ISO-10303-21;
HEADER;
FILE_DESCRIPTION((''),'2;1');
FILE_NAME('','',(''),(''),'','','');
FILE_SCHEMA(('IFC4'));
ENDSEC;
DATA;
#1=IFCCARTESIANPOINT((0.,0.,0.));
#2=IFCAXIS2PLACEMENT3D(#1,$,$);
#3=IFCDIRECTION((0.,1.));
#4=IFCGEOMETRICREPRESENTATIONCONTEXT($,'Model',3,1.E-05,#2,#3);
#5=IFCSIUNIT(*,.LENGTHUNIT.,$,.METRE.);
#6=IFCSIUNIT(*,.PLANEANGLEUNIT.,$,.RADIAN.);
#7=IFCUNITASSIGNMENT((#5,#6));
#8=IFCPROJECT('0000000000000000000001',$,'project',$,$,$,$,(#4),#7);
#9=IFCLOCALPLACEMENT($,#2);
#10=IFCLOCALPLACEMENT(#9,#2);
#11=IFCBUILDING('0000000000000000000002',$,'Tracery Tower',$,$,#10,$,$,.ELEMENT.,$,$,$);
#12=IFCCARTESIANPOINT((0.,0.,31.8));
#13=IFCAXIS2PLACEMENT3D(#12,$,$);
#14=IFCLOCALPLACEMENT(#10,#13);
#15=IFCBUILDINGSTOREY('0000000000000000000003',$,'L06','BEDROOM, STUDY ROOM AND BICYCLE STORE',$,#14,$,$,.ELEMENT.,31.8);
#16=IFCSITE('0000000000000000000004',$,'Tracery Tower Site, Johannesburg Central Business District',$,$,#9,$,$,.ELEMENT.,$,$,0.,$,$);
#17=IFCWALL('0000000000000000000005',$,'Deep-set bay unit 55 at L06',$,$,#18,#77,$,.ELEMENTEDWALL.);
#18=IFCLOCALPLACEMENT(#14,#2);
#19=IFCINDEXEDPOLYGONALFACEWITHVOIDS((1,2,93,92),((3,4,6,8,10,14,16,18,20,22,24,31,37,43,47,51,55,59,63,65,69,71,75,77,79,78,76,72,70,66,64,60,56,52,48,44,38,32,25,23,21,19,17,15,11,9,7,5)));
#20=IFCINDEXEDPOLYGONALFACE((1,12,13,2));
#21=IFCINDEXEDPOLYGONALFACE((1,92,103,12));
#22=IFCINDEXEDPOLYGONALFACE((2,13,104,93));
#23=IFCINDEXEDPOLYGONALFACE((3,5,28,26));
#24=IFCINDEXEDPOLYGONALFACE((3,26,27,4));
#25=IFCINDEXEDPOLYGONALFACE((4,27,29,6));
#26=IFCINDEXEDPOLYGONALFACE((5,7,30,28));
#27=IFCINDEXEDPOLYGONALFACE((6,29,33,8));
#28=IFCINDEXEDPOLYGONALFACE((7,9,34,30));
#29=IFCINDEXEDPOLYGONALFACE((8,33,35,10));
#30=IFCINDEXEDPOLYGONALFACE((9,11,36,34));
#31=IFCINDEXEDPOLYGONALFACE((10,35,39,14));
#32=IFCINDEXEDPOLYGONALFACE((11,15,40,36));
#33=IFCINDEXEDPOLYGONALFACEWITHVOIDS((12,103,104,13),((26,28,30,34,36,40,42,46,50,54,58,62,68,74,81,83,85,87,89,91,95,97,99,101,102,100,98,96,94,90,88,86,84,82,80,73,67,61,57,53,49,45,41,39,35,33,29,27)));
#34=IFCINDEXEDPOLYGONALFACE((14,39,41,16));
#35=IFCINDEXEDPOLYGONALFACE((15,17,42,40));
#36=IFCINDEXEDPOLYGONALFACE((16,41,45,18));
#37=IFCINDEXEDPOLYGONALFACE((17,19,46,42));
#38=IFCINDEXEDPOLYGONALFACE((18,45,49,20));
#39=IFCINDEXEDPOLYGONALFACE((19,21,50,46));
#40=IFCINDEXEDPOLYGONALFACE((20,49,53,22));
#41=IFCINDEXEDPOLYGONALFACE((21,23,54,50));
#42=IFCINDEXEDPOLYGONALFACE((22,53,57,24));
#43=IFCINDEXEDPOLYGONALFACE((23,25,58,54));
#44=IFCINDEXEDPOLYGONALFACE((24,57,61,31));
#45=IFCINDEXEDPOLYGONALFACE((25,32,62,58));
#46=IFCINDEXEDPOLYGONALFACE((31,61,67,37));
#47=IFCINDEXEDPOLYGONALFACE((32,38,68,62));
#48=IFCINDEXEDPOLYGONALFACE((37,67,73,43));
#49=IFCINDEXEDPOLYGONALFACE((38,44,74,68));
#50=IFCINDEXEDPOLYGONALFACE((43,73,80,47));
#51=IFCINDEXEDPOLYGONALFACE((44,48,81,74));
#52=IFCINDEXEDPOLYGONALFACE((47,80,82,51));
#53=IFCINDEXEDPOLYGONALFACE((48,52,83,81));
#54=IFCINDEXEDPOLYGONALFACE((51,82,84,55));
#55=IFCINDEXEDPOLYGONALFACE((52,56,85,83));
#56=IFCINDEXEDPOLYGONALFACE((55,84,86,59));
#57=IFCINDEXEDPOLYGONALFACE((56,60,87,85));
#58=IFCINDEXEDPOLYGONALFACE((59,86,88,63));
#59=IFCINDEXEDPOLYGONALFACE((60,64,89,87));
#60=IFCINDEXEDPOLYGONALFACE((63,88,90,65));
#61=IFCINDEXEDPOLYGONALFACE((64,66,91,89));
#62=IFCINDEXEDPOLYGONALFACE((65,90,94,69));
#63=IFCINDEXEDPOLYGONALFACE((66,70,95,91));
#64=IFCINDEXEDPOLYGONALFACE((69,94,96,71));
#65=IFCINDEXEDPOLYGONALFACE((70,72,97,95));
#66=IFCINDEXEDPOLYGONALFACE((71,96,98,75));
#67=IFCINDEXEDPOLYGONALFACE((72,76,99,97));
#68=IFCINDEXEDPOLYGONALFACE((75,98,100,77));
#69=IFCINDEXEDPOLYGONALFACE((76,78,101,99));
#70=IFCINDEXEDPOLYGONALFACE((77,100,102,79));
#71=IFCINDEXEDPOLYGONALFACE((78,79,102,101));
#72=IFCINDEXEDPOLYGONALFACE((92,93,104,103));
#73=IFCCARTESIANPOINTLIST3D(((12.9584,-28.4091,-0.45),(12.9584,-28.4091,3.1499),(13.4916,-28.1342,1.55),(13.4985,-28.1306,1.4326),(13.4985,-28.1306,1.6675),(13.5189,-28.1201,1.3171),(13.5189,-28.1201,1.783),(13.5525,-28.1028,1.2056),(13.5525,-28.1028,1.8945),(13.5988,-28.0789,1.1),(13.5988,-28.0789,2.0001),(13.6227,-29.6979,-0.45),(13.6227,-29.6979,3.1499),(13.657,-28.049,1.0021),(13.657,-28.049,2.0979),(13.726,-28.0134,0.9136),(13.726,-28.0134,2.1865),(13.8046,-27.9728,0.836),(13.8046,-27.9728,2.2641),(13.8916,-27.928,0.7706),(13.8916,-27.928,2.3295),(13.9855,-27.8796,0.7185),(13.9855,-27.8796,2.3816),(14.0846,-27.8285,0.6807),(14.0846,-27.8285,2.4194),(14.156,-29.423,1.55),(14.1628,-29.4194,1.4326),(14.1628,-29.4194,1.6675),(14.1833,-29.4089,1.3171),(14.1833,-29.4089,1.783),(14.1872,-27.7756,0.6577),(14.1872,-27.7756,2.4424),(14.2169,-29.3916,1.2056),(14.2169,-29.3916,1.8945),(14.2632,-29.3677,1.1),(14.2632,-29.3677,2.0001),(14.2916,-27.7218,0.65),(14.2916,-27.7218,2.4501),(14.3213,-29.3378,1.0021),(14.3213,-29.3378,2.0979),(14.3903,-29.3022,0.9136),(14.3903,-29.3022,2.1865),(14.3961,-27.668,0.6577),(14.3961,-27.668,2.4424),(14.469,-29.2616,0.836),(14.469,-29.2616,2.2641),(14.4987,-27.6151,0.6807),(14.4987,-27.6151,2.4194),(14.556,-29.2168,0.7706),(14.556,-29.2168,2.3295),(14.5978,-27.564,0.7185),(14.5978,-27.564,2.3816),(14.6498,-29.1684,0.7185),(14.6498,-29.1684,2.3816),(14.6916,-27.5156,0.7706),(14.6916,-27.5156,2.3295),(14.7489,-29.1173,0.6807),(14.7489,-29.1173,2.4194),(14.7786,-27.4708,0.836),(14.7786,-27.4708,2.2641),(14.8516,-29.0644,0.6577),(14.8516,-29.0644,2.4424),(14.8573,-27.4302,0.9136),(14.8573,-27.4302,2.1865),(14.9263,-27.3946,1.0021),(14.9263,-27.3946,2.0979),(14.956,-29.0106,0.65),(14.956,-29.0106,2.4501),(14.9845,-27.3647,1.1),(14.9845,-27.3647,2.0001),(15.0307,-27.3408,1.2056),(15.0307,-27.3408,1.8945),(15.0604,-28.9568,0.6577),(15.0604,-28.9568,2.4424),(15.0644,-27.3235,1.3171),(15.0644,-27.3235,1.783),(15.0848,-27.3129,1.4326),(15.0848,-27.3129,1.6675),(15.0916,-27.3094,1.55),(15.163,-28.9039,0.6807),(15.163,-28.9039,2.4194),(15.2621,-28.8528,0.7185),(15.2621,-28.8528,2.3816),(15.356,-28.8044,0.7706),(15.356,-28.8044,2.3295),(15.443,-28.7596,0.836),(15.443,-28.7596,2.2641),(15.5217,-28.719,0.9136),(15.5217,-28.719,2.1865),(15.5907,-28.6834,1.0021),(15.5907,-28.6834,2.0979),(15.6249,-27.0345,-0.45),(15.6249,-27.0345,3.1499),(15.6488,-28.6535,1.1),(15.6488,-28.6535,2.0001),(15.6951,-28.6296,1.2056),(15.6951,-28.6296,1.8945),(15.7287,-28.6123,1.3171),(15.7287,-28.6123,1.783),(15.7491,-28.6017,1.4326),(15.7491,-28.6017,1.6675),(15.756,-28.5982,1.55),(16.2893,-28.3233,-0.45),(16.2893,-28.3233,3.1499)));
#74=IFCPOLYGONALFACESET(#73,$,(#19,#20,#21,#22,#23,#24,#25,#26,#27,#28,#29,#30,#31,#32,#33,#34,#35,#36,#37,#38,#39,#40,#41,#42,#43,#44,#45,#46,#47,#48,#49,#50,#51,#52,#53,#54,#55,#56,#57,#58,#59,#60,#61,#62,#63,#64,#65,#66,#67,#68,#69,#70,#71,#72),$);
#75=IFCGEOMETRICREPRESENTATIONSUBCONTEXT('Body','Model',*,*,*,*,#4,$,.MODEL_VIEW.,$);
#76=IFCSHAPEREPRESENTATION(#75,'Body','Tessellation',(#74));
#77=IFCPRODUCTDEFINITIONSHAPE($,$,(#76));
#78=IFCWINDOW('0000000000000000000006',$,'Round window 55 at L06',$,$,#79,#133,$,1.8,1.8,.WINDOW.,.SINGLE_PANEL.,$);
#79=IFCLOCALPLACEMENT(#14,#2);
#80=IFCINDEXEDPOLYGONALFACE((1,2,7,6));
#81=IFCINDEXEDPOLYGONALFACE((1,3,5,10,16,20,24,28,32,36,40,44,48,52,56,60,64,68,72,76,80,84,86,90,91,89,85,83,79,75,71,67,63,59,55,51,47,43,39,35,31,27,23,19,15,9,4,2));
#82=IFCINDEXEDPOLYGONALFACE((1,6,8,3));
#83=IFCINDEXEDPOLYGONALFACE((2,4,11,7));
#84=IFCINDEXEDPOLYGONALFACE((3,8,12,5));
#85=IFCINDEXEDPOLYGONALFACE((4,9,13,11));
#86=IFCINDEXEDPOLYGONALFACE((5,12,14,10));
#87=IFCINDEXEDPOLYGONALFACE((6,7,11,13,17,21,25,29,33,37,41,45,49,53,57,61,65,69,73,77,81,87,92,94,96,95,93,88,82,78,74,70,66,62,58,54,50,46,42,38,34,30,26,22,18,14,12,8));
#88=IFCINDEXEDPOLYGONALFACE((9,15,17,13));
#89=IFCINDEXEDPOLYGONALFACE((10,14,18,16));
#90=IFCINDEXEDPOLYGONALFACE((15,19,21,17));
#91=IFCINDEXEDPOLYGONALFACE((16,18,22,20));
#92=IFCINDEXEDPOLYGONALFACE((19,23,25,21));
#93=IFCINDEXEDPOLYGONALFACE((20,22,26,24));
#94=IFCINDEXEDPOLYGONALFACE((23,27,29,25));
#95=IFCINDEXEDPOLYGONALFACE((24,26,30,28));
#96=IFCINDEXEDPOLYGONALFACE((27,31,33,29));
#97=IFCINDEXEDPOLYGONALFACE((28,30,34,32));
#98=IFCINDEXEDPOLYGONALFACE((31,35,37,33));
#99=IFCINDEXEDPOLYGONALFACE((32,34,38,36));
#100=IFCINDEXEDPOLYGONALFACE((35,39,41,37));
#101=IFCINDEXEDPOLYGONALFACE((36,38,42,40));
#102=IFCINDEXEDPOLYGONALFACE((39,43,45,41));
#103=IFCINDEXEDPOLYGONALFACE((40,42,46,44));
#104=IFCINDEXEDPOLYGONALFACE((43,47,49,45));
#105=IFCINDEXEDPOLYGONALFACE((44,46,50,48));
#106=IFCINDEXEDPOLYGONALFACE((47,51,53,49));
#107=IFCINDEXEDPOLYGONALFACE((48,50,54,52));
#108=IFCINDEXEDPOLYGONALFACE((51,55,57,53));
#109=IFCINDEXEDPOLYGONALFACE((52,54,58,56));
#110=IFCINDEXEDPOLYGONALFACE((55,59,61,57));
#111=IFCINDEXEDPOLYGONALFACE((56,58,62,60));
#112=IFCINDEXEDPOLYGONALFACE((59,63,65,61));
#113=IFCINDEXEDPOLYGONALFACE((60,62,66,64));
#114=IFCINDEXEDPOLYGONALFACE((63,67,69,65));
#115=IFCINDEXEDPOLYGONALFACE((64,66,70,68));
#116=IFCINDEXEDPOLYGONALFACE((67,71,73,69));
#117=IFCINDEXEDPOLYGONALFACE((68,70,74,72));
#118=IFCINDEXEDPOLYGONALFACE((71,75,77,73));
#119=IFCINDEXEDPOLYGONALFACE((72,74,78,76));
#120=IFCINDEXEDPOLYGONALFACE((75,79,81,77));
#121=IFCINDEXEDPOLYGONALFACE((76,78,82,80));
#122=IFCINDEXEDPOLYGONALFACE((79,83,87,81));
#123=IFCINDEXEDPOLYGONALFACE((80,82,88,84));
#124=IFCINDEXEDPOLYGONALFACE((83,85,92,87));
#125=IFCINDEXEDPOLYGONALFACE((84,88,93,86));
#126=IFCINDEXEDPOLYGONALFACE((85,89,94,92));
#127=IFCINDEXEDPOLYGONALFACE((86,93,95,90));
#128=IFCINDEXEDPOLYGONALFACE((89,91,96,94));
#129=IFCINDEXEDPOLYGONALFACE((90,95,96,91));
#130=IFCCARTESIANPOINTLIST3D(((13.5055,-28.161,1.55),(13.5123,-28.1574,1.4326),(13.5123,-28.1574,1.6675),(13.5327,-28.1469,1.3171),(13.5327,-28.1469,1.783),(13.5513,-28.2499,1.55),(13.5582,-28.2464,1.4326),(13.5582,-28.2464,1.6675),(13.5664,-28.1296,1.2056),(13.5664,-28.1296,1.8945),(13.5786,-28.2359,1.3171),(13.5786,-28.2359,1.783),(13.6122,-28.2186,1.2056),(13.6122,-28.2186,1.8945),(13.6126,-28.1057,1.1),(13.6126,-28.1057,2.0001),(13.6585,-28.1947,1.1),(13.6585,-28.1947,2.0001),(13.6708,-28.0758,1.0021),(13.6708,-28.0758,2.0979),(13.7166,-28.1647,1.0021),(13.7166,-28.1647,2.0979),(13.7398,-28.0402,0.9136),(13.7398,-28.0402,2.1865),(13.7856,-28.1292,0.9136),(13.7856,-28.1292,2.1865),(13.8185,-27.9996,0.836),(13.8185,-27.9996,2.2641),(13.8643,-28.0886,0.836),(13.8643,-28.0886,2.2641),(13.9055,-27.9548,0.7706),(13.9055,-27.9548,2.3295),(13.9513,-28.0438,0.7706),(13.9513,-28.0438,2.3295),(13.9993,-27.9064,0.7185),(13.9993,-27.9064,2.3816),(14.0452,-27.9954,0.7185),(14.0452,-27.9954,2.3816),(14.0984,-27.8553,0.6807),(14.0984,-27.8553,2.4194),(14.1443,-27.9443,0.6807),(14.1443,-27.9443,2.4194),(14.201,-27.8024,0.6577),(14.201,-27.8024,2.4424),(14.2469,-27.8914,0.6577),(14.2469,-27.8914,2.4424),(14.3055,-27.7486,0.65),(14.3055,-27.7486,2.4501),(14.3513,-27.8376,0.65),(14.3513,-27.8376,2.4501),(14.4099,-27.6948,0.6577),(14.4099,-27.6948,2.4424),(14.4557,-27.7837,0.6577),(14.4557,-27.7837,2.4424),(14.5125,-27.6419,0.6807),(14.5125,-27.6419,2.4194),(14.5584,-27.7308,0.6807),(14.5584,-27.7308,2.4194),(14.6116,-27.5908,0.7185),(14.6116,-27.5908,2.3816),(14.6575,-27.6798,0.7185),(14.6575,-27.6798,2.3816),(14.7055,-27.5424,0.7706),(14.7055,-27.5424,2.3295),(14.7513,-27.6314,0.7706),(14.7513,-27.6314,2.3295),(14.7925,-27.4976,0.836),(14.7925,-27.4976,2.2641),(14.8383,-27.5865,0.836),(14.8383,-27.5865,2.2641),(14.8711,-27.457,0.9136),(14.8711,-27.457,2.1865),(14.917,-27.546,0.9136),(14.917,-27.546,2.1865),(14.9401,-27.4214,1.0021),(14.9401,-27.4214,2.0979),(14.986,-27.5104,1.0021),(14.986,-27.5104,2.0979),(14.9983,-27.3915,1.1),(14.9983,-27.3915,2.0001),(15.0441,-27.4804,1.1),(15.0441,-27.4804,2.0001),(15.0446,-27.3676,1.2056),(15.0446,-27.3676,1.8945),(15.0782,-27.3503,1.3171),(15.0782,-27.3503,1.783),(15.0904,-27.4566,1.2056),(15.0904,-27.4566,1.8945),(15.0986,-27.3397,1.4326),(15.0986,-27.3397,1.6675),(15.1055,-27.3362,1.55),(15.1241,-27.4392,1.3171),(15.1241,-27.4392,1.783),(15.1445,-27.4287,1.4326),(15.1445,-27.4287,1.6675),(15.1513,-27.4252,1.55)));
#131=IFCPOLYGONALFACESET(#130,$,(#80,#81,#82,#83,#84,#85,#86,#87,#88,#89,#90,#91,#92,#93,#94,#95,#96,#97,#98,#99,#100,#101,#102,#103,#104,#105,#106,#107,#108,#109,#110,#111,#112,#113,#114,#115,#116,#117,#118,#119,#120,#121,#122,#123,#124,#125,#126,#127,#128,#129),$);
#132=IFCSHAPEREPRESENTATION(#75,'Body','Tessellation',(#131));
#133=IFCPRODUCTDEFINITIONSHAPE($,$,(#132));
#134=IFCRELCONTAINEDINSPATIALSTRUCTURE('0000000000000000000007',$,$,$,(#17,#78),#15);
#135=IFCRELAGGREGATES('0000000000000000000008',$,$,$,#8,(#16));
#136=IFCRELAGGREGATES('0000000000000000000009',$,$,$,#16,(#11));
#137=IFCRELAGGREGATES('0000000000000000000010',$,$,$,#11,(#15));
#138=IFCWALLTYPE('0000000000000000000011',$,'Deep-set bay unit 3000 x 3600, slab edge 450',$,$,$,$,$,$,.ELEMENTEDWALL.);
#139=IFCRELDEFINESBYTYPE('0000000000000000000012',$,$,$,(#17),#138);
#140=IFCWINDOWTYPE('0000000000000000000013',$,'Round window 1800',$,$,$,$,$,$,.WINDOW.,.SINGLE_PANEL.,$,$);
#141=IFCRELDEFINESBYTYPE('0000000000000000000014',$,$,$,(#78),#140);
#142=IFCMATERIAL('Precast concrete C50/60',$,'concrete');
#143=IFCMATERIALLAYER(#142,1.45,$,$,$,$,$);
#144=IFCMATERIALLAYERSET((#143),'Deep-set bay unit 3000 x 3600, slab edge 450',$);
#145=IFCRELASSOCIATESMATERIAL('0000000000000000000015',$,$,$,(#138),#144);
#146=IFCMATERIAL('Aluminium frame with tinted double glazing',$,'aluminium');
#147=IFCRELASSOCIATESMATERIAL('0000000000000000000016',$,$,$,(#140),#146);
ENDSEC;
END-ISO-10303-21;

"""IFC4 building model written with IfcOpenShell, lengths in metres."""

from ifc_helpers import new_model, si_unit, direction, frame, frame_2d, origin, origin_2d, place, context, subcontext, project, spatial, rectangle, circle, extrude, material, layer, layer_set, type_object, element, fill, save


model = new_model("IFC4")

# Units and contexts
model_context = context("Model", 3, precision=1e-05, world=origin(), true_north=direction((0.0, 1.0)))
body_context = subcontext(model_context, "Body", "Model", "MODEL_VIEW")
ifc_project = project(units=[si_unit("LENGTHUNIT", "METRE"), si_unit("PLANEANGLEUNIT", "RADIAN")], contexts=[model_context])

# Site, building, storey
site_placement = place(None, origin())
site = spatial("IfcSite", under=ifc_project, at=site_placement, Name="Tracery Tower Site, Johannesburg Central Business District", CompositionType="ELEMENT", RefElevation=0.0)
building_placement = place(site_placement, origin())
building = spatial("IfcBuilding", under=site, at=building_placement, Name="Tracery Tower", CompositionType="ELEMENT")
storey_placement = place(building_placement, frame((0.0, 0.0, 31.8)))
storey = spatial("IfcBuildingStorey", under=building, at=storey_placement, Name="L06", Description="BEDROOM, STUDY ROOM AND BICYCLE STORE", CompositionType="ELEMENT", Elevation=31.8)

# Wall, opening, window
ifc_material_1 = material(Name="Precast concrete C50/60", Category="concrete")
ifc_layer_1 = layer(ifc_material_1, 1.45)
ifc_layer_set_1 = layer_set([ifc_layer_1], Name="Deep-set bay unit 3000 x 3600, slab edge 450")
wall_type_1 = type_object("IfcWallType", Name="Deep-set bay unit 3000 x 3600, slab edge 450", PredefinedType="ELEMENTEDWALL", material=ifc_layer_set_1)
wall_1_placement = place(storey_placement, frame((13.2905, -29.0535, -0.45), z_axis=(0.0, 0.0, 1.0), x_axis=(0.888858, 0.458183, 0.0)))
wall_1 = element("IfcWall", 1, at=wall_1_placement, inside=storey, type_object=wall_type_1, Name="Deep-set bay unit 55 at L06", PredefinedType="ELEMENTEDWALL", context=body_context, shape_type="SweptSolid", body=[
    extrude(rectangle(XDim=3.0, YDim=1.45, at=frame_2d((1.5, 0.0))), origin(), (0.0, 0.0, 1.0), 3.5999),
])
opening_1_placement = place(wall_1_placement, frame((1.5, 0.0, 2.0)))
opening_1 = element("IfcOpeningElement", 2, at=opening_1_placement, cuts=wall_1, PredefinedType="OPENING", context=body_context, shape_type="SweptSolid", body=[
    extrude(circle(Radius=0.9, at=origin_2d()), frame((0.0, 0.7349, 0.0), z_axis=(0.0, -1.0, 0.0), x_axis=(1.0, 0.0, 0.0)), (0.0, 0.0, 1.0), 1.47),
])
ifc_material_2 = material(Name="Aluminium frame with tinted double glazing", Category="aluminium")
window_type = type_object("IfcWindowType", Name="Round window 1800", PartitioningType="SINGLE_PANEL", PredefinedType="WINDOW", material=ifc_material_2)
window_1_placement = place(opening_1_placement, origin())
window_1 = element("IfcWindow", 3, at=window_1_placement, inside=storey, type_object=window_type, Name="Round window 55 at L06", OverallHeight=1.8, OverallWidth=1.8, PartitioningType="SINGLE_PANEL", PredefinedType="WINDOW", context=body_context, shape_type="SweptSolid", body=[
    extrude(circle(Radius=0.9, at=origin_2d()), frame((0.0, 0.6948, 0.0), z_axis=(0.0, -1.0, 0.0), x_axis=(1.0, 0.0, 0.0)), (0.0, 0.0, 1.0), 0.1001),
])
fill(opening_1, window_1)

save(model, "model.ifc")
